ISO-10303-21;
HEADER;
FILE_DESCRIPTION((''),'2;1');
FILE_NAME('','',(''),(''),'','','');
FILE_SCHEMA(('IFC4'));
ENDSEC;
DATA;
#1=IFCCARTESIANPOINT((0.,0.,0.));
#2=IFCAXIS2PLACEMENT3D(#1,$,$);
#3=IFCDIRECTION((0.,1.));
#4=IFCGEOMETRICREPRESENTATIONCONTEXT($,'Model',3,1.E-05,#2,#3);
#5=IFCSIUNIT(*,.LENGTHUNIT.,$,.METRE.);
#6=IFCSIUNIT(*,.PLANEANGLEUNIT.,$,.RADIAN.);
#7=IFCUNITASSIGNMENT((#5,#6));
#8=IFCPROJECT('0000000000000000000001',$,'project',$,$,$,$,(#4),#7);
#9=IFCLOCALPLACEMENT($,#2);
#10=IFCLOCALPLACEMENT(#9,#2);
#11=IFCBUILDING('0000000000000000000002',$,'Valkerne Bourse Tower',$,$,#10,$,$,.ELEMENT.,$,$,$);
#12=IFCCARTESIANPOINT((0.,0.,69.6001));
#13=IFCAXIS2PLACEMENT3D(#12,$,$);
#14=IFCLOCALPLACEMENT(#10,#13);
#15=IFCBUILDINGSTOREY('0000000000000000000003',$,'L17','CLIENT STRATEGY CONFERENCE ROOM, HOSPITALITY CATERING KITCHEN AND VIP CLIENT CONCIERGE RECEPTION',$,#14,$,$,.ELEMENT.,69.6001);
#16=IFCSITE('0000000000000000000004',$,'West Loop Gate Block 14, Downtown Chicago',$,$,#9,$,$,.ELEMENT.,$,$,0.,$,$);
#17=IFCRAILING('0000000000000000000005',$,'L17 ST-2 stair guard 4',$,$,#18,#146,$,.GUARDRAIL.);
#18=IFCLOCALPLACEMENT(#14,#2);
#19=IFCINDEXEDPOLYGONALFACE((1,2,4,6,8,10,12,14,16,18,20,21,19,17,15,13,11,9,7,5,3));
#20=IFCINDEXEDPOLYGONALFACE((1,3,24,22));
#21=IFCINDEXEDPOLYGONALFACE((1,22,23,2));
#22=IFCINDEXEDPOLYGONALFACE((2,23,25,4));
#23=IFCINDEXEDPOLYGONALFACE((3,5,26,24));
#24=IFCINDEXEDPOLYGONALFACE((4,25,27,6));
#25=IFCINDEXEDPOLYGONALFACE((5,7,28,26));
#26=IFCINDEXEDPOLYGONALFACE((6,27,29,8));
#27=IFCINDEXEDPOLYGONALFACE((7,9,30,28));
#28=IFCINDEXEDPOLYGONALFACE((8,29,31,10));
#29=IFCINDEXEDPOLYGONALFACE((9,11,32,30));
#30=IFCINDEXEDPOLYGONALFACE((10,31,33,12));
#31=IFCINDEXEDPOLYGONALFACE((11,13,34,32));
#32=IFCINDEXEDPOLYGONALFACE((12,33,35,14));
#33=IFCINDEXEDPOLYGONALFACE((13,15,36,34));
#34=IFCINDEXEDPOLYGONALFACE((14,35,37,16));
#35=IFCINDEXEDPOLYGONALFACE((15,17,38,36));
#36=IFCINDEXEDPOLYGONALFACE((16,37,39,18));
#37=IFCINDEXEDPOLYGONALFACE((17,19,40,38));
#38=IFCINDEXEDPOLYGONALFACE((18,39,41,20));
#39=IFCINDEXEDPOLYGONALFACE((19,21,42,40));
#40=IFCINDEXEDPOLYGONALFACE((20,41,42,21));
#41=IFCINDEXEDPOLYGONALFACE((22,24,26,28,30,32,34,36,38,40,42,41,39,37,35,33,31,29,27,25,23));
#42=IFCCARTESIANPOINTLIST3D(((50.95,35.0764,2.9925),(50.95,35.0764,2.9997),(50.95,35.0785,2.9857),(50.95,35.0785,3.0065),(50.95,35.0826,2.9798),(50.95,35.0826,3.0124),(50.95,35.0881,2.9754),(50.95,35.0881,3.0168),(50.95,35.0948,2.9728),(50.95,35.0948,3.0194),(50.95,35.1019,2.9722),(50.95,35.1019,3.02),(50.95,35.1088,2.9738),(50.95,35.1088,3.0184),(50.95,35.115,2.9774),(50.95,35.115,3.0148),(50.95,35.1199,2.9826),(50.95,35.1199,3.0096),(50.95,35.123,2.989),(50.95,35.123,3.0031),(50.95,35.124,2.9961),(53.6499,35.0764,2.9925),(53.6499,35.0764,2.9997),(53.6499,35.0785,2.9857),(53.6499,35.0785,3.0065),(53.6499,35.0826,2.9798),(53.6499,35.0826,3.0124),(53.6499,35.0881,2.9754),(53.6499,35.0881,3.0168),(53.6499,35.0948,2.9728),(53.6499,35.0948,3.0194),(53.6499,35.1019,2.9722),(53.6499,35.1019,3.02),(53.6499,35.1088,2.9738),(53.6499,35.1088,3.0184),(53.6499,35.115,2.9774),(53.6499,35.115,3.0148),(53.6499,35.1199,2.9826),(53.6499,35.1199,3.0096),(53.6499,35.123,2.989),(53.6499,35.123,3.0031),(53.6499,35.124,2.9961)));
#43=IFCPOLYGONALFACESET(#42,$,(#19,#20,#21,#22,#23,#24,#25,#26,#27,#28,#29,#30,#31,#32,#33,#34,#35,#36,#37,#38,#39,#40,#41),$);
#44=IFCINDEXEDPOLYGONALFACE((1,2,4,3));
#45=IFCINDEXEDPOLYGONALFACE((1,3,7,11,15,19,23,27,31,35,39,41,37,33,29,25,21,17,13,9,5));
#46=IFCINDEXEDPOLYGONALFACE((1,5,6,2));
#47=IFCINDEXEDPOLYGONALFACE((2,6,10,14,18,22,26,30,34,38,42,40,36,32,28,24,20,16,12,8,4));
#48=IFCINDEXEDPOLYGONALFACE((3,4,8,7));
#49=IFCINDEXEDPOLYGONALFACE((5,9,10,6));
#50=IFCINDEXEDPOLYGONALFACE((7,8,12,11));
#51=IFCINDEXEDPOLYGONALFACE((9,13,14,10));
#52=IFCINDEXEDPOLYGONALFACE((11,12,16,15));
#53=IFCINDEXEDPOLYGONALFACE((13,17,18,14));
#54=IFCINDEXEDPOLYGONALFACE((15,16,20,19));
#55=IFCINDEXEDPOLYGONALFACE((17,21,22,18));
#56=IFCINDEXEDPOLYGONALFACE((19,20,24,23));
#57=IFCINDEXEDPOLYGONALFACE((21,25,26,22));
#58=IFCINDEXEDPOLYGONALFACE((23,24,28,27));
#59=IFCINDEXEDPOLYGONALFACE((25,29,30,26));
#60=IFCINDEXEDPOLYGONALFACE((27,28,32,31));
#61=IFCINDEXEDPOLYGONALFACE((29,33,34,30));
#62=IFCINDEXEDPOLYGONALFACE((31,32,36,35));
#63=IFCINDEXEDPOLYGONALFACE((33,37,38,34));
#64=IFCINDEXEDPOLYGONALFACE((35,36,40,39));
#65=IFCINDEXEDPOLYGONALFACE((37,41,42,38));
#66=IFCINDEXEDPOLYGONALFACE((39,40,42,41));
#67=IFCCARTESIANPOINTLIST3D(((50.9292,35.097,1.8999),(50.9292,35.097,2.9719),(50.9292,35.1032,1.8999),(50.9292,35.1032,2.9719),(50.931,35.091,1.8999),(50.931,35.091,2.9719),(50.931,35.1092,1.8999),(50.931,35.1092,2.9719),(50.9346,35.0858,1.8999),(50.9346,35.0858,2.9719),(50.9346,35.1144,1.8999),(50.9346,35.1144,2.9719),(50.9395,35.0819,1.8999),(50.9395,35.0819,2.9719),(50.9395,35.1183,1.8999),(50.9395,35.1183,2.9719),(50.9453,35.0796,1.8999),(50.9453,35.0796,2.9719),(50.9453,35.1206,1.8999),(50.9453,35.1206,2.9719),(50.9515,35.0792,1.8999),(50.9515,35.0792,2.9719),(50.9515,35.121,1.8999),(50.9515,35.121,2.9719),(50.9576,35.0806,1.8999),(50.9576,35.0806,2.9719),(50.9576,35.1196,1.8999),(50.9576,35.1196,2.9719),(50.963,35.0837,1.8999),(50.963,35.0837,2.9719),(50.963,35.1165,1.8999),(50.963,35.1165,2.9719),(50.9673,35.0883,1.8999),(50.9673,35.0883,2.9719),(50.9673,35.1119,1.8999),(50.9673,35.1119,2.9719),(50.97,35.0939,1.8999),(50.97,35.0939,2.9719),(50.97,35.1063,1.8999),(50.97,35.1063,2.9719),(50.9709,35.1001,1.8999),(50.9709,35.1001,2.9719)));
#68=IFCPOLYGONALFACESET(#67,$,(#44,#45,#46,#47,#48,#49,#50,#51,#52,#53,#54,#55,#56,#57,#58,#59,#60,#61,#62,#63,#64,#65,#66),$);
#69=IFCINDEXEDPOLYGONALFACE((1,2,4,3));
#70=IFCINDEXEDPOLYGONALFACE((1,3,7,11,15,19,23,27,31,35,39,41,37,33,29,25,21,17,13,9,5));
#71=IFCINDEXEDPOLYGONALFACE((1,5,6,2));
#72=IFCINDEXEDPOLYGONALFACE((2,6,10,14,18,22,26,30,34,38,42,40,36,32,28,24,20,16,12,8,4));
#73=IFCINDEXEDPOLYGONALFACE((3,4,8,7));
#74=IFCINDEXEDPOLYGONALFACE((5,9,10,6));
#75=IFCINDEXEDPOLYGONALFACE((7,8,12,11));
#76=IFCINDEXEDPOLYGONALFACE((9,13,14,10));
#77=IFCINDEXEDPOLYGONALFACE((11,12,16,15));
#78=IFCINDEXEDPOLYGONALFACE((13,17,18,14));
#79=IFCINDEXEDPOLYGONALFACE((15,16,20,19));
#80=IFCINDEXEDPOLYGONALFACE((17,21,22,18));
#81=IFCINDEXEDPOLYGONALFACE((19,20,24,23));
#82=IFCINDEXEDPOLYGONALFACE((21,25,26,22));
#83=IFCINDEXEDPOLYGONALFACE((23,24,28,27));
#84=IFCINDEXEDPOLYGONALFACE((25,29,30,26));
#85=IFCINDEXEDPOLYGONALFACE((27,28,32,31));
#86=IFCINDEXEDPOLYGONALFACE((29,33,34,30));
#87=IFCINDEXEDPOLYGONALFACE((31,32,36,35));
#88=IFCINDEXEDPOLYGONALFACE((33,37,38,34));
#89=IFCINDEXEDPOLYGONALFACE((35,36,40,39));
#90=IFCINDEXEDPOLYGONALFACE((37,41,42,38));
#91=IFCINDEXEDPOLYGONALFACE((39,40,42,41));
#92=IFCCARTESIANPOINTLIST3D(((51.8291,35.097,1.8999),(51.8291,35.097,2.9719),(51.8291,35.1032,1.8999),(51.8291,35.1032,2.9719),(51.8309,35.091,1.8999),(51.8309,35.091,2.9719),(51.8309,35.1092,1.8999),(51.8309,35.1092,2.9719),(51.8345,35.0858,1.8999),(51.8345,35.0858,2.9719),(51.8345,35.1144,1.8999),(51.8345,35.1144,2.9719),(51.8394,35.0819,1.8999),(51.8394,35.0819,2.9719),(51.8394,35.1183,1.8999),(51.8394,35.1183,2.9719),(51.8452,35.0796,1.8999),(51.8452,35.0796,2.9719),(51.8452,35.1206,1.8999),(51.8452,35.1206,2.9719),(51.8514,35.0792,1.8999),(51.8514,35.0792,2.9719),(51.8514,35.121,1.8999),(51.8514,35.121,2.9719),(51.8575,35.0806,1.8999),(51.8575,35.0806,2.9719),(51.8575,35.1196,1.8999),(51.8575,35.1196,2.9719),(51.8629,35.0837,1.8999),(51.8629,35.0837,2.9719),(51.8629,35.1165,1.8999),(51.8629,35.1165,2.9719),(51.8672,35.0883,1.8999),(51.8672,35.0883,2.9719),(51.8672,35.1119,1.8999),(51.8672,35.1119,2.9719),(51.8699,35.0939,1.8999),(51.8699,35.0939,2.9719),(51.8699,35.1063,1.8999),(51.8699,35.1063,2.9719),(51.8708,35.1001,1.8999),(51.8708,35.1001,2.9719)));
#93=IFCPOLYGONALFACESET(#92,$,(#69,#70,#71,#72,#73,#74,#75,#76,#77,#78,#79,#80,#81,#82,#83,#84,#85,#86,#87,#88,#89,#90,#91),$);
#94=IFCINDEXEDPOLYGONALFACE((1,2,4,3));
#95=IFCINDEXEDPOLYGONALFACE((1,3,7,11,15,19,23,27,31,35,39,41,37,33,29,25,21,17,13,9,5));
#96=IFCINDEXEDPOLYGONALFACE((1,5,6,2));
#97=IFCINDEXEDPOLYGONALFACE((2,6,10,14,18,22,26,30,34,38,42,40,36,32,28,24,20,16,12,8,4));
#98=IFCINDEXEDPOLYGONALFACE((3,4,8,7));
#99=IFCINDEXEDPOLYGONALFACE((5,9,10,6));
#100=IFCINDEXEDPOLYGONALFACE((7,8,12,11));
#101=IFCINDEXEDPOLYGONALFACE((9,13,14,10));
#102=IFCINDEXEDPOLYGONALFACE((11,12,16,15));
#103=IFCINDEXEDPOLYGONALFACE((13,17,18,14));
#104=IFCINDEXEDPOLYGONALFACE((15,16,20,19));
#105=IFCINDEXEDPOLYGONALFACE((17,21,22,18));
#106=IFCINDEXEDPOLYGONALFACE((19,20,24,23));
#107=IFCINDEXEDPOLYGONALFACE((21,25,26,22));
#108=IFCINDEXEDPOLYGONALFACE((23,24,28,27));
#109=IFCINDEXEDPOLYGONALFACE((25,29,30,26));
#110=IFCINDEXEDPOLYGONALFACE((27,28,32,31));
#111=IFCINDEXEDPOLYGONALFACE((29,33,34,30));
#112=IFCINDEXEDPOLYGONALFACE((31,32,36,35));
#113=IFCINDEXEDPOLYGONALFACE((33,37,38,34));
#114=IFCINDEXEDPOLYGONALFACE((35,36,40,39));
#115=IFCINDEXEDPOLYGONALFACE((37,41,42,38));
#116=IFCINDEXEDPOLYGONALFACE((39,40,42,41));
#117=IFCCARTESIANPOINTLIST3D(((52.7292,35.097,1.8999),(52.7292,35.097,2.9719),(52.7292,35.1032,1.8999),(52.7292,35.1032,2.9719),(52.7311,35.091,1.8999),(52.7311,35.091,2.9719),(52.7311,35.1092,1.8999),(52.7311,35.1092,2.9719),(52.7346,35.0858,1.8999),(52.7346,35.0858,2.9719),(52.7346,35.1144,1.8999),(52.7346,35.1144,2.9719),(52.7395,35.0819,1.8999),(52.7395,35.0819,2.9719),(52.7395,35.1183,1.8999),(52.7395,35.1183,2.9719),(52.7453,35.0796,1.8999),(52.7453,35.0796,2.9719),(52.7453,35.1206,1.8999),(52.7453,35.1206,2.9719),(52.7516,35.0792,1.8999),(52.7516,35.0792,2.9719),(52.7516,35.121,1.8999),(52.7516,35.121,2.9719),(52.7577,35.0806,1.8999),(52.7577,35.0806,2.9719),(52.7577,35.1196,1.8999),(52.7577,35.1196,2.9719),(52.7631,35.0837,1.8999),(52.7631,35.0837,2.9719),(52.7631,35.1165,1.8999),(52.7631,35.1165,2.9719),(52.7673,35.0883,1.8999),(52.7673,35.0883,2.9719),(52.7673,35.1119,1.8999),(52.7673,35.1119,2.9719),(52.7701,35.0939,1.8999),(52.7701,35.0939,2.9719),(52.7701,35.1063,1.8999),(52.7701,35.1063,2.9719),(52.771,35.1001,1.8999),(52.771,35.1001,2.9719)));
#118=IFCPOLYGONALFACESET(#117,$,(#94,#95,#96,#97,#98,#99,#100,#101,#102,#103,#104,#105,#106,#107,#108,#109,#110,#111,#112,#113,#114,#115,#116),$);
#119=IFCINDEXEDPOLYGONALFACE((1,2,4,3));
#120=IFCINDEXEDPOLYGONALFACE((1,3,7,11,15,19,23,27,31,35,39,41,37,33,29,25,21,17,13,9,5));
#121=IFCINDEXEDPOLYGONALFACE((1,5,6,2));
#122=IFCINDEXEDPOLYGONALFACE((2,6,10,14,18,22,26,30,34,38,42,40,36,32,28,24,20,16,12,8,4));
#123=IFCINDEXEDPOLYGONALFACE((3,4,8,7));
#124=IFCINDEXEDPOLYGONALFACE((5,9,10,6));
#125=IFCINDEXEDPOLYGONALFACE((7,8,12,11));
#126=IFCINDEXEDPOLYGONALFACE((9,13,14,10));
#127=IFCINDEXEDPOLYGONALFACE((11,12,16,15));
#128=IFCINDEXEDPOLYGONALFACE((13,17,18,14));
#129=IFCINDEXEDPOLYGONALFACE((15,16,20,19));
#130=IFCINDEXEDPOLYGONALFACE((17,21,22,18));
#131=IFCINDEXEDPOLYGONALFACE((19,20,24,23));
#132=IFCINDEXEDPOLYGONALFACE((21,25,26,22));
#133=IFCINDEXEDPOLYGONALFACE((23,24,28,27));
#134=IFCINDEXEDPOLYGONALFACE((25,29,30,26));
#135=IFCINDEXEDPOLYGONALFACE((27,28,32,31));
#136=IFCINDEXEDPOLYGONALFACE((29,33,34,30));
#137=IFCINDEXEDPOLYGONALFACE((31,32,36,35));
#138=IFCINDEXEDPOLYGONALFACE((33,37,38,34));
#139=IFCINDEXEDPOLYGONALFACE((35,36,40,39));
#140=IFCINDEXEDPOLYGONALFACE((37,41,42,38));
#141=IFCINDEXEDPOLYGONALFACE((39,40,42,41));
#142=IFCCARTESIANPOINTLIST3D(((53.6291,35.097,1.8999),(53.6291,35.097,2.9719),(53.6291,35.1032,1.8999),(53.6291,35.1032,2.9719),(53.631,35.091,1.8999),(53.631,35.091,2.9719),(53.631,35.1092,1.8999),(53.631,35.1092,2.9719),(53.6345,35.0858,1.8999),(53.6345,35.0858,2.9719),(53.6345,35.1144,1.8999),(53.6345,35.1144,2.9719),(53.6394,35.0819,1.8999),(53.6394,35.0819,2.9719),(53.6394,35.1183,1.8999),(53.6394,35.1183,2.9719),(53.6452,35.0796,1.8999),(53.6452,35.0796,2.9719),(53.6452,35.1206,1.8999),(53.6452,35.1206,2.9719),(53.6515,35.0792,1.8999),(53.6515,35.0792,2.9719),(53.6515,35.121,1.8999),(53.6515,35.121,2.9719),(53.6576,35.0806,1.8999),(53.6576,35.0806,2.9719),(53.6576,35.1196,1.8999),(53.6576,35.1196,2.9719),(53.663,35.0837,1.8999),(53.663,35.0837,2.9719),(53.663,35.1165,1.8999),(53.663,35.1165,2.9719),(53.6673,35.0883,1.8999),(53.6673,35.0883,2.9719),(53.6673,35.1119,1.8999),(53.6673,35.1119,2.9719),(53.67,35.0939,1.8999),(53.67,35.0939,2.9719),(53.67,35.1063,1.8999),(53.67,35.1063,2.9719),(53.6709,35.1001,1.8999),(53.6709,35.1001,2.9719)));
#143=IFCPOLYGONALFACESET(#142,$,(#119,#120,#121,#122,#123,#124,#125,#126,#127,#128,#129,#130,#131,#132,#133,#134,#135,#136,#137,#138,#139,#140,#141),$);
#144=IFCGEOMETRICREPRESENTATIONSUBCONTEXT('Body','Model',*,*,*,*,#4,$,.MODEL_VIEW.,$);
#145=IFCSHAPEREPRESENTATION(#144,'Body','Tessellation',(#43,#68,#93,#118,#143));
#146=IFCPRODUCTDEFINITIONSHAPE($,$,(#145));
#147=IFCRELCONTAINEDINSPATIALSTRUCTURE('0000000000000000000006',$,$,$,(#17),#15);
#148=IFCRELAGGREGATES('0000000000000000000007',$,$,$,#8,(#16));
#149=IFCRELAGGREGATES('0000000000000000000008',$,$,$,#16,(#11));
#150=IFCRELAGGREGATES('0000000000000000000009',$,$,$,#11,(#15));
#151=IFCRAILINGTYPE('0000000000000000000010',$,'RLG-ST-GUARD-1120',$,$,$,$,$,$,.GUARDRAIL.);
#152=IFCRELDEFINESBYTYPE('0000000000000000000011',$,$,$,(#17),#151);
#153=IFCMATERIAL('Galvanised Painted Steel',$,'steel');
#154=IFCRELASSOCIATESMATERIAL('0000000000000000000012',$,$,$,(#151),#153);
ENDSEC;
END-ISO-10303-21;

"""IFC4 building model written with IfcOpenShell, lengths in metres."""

from ifc_helpers import new_model, si_unit, direction, frame, origin, origin_2d, place, context, subcontext, project, spatial, circle, extrude, material, type_object, element, save


model = new_model("IFC4")

# Units and contexts
model_context = context("Model", 3, precision=1e-05, world=origin(), true_north=direction((0.0, 1.0)))
body_context = subcontext(model_context, "Body", "Model", "MODEL_VIEW")
ifc_project = project(units=[si_unit("LENGTHUNIT", "METRE"), si_unit("PLANEANGLEUNIT", "RADIAN")], contexts=[model_context])

# Site, building, storey
site_placement = place(None, origin())
site = spatial("IfcSite", under=ifc_project, at=site_placement, Name="West Loop Gate Block 14, Downtown Chicago", CompositionType="ELEMENT", RefElevation=0.0)
building_placement = place(site_placement, origin())
building = spatial("IfcBuilding", under=site, at=building_placement, Name="Valkerne Bourse Tower", CompositionType="ELEMENT")
storey_placement = place(building_placement, frame((0.0, 0.0, 69.6001)))
storey = spatial("IfcBuildingStorey", under=building, at=storey_placement, Name="L17", Description="CLIENT STRATEGY CONFERENCE ROOM, HOSPITALITY CATERING KITCHEN AND VIP CLIENT CONCIERGE RECEPTION", CompositionType="ELEMENT", Elevation=69.6001)

# Railing
ifc_material_1 = material(Name="Galvanised Painted Steel", Category="steel")
railing_type_1 = type_object("IfcRailingType", Name="RLG-ST-GUARD-1120", PredefinedType="GUARDRAIL", material=ifc_material_1)
for number, where, name in (
    (1, (50.95, 35.1001, 1.8999), "L17 ST-2 stair guard 4"),
):
    element("IfcRailing", number, at=place(storey_placement, frame(where)), inside=storey, type_object=railing_type_1, Name=name, PredefinedType="GUARDRAIL", context=body_context, shape_type="SweptSolid", body=[
        extrude(circle(Radius=0.0239, at=origin_2d()), frame((0.0, 0.0, 1.0962), z_axis=(1.0, 0.0, 0.0), x_axis=(0.0, 1.0, 0.0)), (0.0, 0.0, 1.0), 2.7),
        extrude(circle(Radius=0.021, at=origin_2d()), origin(), (0.0, 0.0, 1.0), 1.072),
        extrude(circle(Radius=0.021, at=origin_2d()), frame((0.8999, 0.0, 0.0)), (0.0, 0.0, 1.0), 1.072),
        extrude(circle(Radius=0.021, at=origin_2d()), frame((1.8, 0.0, 0.0)), (0.0, 0.0, 1.0), 1.072),
        extrude(circle(Radius=0.021, at=origin_2d()), frame((2.7, 0.0, 0.0)), (0.0, 0.0, 1.0), 1.072),
    ])

save(model, "model.ifc")
